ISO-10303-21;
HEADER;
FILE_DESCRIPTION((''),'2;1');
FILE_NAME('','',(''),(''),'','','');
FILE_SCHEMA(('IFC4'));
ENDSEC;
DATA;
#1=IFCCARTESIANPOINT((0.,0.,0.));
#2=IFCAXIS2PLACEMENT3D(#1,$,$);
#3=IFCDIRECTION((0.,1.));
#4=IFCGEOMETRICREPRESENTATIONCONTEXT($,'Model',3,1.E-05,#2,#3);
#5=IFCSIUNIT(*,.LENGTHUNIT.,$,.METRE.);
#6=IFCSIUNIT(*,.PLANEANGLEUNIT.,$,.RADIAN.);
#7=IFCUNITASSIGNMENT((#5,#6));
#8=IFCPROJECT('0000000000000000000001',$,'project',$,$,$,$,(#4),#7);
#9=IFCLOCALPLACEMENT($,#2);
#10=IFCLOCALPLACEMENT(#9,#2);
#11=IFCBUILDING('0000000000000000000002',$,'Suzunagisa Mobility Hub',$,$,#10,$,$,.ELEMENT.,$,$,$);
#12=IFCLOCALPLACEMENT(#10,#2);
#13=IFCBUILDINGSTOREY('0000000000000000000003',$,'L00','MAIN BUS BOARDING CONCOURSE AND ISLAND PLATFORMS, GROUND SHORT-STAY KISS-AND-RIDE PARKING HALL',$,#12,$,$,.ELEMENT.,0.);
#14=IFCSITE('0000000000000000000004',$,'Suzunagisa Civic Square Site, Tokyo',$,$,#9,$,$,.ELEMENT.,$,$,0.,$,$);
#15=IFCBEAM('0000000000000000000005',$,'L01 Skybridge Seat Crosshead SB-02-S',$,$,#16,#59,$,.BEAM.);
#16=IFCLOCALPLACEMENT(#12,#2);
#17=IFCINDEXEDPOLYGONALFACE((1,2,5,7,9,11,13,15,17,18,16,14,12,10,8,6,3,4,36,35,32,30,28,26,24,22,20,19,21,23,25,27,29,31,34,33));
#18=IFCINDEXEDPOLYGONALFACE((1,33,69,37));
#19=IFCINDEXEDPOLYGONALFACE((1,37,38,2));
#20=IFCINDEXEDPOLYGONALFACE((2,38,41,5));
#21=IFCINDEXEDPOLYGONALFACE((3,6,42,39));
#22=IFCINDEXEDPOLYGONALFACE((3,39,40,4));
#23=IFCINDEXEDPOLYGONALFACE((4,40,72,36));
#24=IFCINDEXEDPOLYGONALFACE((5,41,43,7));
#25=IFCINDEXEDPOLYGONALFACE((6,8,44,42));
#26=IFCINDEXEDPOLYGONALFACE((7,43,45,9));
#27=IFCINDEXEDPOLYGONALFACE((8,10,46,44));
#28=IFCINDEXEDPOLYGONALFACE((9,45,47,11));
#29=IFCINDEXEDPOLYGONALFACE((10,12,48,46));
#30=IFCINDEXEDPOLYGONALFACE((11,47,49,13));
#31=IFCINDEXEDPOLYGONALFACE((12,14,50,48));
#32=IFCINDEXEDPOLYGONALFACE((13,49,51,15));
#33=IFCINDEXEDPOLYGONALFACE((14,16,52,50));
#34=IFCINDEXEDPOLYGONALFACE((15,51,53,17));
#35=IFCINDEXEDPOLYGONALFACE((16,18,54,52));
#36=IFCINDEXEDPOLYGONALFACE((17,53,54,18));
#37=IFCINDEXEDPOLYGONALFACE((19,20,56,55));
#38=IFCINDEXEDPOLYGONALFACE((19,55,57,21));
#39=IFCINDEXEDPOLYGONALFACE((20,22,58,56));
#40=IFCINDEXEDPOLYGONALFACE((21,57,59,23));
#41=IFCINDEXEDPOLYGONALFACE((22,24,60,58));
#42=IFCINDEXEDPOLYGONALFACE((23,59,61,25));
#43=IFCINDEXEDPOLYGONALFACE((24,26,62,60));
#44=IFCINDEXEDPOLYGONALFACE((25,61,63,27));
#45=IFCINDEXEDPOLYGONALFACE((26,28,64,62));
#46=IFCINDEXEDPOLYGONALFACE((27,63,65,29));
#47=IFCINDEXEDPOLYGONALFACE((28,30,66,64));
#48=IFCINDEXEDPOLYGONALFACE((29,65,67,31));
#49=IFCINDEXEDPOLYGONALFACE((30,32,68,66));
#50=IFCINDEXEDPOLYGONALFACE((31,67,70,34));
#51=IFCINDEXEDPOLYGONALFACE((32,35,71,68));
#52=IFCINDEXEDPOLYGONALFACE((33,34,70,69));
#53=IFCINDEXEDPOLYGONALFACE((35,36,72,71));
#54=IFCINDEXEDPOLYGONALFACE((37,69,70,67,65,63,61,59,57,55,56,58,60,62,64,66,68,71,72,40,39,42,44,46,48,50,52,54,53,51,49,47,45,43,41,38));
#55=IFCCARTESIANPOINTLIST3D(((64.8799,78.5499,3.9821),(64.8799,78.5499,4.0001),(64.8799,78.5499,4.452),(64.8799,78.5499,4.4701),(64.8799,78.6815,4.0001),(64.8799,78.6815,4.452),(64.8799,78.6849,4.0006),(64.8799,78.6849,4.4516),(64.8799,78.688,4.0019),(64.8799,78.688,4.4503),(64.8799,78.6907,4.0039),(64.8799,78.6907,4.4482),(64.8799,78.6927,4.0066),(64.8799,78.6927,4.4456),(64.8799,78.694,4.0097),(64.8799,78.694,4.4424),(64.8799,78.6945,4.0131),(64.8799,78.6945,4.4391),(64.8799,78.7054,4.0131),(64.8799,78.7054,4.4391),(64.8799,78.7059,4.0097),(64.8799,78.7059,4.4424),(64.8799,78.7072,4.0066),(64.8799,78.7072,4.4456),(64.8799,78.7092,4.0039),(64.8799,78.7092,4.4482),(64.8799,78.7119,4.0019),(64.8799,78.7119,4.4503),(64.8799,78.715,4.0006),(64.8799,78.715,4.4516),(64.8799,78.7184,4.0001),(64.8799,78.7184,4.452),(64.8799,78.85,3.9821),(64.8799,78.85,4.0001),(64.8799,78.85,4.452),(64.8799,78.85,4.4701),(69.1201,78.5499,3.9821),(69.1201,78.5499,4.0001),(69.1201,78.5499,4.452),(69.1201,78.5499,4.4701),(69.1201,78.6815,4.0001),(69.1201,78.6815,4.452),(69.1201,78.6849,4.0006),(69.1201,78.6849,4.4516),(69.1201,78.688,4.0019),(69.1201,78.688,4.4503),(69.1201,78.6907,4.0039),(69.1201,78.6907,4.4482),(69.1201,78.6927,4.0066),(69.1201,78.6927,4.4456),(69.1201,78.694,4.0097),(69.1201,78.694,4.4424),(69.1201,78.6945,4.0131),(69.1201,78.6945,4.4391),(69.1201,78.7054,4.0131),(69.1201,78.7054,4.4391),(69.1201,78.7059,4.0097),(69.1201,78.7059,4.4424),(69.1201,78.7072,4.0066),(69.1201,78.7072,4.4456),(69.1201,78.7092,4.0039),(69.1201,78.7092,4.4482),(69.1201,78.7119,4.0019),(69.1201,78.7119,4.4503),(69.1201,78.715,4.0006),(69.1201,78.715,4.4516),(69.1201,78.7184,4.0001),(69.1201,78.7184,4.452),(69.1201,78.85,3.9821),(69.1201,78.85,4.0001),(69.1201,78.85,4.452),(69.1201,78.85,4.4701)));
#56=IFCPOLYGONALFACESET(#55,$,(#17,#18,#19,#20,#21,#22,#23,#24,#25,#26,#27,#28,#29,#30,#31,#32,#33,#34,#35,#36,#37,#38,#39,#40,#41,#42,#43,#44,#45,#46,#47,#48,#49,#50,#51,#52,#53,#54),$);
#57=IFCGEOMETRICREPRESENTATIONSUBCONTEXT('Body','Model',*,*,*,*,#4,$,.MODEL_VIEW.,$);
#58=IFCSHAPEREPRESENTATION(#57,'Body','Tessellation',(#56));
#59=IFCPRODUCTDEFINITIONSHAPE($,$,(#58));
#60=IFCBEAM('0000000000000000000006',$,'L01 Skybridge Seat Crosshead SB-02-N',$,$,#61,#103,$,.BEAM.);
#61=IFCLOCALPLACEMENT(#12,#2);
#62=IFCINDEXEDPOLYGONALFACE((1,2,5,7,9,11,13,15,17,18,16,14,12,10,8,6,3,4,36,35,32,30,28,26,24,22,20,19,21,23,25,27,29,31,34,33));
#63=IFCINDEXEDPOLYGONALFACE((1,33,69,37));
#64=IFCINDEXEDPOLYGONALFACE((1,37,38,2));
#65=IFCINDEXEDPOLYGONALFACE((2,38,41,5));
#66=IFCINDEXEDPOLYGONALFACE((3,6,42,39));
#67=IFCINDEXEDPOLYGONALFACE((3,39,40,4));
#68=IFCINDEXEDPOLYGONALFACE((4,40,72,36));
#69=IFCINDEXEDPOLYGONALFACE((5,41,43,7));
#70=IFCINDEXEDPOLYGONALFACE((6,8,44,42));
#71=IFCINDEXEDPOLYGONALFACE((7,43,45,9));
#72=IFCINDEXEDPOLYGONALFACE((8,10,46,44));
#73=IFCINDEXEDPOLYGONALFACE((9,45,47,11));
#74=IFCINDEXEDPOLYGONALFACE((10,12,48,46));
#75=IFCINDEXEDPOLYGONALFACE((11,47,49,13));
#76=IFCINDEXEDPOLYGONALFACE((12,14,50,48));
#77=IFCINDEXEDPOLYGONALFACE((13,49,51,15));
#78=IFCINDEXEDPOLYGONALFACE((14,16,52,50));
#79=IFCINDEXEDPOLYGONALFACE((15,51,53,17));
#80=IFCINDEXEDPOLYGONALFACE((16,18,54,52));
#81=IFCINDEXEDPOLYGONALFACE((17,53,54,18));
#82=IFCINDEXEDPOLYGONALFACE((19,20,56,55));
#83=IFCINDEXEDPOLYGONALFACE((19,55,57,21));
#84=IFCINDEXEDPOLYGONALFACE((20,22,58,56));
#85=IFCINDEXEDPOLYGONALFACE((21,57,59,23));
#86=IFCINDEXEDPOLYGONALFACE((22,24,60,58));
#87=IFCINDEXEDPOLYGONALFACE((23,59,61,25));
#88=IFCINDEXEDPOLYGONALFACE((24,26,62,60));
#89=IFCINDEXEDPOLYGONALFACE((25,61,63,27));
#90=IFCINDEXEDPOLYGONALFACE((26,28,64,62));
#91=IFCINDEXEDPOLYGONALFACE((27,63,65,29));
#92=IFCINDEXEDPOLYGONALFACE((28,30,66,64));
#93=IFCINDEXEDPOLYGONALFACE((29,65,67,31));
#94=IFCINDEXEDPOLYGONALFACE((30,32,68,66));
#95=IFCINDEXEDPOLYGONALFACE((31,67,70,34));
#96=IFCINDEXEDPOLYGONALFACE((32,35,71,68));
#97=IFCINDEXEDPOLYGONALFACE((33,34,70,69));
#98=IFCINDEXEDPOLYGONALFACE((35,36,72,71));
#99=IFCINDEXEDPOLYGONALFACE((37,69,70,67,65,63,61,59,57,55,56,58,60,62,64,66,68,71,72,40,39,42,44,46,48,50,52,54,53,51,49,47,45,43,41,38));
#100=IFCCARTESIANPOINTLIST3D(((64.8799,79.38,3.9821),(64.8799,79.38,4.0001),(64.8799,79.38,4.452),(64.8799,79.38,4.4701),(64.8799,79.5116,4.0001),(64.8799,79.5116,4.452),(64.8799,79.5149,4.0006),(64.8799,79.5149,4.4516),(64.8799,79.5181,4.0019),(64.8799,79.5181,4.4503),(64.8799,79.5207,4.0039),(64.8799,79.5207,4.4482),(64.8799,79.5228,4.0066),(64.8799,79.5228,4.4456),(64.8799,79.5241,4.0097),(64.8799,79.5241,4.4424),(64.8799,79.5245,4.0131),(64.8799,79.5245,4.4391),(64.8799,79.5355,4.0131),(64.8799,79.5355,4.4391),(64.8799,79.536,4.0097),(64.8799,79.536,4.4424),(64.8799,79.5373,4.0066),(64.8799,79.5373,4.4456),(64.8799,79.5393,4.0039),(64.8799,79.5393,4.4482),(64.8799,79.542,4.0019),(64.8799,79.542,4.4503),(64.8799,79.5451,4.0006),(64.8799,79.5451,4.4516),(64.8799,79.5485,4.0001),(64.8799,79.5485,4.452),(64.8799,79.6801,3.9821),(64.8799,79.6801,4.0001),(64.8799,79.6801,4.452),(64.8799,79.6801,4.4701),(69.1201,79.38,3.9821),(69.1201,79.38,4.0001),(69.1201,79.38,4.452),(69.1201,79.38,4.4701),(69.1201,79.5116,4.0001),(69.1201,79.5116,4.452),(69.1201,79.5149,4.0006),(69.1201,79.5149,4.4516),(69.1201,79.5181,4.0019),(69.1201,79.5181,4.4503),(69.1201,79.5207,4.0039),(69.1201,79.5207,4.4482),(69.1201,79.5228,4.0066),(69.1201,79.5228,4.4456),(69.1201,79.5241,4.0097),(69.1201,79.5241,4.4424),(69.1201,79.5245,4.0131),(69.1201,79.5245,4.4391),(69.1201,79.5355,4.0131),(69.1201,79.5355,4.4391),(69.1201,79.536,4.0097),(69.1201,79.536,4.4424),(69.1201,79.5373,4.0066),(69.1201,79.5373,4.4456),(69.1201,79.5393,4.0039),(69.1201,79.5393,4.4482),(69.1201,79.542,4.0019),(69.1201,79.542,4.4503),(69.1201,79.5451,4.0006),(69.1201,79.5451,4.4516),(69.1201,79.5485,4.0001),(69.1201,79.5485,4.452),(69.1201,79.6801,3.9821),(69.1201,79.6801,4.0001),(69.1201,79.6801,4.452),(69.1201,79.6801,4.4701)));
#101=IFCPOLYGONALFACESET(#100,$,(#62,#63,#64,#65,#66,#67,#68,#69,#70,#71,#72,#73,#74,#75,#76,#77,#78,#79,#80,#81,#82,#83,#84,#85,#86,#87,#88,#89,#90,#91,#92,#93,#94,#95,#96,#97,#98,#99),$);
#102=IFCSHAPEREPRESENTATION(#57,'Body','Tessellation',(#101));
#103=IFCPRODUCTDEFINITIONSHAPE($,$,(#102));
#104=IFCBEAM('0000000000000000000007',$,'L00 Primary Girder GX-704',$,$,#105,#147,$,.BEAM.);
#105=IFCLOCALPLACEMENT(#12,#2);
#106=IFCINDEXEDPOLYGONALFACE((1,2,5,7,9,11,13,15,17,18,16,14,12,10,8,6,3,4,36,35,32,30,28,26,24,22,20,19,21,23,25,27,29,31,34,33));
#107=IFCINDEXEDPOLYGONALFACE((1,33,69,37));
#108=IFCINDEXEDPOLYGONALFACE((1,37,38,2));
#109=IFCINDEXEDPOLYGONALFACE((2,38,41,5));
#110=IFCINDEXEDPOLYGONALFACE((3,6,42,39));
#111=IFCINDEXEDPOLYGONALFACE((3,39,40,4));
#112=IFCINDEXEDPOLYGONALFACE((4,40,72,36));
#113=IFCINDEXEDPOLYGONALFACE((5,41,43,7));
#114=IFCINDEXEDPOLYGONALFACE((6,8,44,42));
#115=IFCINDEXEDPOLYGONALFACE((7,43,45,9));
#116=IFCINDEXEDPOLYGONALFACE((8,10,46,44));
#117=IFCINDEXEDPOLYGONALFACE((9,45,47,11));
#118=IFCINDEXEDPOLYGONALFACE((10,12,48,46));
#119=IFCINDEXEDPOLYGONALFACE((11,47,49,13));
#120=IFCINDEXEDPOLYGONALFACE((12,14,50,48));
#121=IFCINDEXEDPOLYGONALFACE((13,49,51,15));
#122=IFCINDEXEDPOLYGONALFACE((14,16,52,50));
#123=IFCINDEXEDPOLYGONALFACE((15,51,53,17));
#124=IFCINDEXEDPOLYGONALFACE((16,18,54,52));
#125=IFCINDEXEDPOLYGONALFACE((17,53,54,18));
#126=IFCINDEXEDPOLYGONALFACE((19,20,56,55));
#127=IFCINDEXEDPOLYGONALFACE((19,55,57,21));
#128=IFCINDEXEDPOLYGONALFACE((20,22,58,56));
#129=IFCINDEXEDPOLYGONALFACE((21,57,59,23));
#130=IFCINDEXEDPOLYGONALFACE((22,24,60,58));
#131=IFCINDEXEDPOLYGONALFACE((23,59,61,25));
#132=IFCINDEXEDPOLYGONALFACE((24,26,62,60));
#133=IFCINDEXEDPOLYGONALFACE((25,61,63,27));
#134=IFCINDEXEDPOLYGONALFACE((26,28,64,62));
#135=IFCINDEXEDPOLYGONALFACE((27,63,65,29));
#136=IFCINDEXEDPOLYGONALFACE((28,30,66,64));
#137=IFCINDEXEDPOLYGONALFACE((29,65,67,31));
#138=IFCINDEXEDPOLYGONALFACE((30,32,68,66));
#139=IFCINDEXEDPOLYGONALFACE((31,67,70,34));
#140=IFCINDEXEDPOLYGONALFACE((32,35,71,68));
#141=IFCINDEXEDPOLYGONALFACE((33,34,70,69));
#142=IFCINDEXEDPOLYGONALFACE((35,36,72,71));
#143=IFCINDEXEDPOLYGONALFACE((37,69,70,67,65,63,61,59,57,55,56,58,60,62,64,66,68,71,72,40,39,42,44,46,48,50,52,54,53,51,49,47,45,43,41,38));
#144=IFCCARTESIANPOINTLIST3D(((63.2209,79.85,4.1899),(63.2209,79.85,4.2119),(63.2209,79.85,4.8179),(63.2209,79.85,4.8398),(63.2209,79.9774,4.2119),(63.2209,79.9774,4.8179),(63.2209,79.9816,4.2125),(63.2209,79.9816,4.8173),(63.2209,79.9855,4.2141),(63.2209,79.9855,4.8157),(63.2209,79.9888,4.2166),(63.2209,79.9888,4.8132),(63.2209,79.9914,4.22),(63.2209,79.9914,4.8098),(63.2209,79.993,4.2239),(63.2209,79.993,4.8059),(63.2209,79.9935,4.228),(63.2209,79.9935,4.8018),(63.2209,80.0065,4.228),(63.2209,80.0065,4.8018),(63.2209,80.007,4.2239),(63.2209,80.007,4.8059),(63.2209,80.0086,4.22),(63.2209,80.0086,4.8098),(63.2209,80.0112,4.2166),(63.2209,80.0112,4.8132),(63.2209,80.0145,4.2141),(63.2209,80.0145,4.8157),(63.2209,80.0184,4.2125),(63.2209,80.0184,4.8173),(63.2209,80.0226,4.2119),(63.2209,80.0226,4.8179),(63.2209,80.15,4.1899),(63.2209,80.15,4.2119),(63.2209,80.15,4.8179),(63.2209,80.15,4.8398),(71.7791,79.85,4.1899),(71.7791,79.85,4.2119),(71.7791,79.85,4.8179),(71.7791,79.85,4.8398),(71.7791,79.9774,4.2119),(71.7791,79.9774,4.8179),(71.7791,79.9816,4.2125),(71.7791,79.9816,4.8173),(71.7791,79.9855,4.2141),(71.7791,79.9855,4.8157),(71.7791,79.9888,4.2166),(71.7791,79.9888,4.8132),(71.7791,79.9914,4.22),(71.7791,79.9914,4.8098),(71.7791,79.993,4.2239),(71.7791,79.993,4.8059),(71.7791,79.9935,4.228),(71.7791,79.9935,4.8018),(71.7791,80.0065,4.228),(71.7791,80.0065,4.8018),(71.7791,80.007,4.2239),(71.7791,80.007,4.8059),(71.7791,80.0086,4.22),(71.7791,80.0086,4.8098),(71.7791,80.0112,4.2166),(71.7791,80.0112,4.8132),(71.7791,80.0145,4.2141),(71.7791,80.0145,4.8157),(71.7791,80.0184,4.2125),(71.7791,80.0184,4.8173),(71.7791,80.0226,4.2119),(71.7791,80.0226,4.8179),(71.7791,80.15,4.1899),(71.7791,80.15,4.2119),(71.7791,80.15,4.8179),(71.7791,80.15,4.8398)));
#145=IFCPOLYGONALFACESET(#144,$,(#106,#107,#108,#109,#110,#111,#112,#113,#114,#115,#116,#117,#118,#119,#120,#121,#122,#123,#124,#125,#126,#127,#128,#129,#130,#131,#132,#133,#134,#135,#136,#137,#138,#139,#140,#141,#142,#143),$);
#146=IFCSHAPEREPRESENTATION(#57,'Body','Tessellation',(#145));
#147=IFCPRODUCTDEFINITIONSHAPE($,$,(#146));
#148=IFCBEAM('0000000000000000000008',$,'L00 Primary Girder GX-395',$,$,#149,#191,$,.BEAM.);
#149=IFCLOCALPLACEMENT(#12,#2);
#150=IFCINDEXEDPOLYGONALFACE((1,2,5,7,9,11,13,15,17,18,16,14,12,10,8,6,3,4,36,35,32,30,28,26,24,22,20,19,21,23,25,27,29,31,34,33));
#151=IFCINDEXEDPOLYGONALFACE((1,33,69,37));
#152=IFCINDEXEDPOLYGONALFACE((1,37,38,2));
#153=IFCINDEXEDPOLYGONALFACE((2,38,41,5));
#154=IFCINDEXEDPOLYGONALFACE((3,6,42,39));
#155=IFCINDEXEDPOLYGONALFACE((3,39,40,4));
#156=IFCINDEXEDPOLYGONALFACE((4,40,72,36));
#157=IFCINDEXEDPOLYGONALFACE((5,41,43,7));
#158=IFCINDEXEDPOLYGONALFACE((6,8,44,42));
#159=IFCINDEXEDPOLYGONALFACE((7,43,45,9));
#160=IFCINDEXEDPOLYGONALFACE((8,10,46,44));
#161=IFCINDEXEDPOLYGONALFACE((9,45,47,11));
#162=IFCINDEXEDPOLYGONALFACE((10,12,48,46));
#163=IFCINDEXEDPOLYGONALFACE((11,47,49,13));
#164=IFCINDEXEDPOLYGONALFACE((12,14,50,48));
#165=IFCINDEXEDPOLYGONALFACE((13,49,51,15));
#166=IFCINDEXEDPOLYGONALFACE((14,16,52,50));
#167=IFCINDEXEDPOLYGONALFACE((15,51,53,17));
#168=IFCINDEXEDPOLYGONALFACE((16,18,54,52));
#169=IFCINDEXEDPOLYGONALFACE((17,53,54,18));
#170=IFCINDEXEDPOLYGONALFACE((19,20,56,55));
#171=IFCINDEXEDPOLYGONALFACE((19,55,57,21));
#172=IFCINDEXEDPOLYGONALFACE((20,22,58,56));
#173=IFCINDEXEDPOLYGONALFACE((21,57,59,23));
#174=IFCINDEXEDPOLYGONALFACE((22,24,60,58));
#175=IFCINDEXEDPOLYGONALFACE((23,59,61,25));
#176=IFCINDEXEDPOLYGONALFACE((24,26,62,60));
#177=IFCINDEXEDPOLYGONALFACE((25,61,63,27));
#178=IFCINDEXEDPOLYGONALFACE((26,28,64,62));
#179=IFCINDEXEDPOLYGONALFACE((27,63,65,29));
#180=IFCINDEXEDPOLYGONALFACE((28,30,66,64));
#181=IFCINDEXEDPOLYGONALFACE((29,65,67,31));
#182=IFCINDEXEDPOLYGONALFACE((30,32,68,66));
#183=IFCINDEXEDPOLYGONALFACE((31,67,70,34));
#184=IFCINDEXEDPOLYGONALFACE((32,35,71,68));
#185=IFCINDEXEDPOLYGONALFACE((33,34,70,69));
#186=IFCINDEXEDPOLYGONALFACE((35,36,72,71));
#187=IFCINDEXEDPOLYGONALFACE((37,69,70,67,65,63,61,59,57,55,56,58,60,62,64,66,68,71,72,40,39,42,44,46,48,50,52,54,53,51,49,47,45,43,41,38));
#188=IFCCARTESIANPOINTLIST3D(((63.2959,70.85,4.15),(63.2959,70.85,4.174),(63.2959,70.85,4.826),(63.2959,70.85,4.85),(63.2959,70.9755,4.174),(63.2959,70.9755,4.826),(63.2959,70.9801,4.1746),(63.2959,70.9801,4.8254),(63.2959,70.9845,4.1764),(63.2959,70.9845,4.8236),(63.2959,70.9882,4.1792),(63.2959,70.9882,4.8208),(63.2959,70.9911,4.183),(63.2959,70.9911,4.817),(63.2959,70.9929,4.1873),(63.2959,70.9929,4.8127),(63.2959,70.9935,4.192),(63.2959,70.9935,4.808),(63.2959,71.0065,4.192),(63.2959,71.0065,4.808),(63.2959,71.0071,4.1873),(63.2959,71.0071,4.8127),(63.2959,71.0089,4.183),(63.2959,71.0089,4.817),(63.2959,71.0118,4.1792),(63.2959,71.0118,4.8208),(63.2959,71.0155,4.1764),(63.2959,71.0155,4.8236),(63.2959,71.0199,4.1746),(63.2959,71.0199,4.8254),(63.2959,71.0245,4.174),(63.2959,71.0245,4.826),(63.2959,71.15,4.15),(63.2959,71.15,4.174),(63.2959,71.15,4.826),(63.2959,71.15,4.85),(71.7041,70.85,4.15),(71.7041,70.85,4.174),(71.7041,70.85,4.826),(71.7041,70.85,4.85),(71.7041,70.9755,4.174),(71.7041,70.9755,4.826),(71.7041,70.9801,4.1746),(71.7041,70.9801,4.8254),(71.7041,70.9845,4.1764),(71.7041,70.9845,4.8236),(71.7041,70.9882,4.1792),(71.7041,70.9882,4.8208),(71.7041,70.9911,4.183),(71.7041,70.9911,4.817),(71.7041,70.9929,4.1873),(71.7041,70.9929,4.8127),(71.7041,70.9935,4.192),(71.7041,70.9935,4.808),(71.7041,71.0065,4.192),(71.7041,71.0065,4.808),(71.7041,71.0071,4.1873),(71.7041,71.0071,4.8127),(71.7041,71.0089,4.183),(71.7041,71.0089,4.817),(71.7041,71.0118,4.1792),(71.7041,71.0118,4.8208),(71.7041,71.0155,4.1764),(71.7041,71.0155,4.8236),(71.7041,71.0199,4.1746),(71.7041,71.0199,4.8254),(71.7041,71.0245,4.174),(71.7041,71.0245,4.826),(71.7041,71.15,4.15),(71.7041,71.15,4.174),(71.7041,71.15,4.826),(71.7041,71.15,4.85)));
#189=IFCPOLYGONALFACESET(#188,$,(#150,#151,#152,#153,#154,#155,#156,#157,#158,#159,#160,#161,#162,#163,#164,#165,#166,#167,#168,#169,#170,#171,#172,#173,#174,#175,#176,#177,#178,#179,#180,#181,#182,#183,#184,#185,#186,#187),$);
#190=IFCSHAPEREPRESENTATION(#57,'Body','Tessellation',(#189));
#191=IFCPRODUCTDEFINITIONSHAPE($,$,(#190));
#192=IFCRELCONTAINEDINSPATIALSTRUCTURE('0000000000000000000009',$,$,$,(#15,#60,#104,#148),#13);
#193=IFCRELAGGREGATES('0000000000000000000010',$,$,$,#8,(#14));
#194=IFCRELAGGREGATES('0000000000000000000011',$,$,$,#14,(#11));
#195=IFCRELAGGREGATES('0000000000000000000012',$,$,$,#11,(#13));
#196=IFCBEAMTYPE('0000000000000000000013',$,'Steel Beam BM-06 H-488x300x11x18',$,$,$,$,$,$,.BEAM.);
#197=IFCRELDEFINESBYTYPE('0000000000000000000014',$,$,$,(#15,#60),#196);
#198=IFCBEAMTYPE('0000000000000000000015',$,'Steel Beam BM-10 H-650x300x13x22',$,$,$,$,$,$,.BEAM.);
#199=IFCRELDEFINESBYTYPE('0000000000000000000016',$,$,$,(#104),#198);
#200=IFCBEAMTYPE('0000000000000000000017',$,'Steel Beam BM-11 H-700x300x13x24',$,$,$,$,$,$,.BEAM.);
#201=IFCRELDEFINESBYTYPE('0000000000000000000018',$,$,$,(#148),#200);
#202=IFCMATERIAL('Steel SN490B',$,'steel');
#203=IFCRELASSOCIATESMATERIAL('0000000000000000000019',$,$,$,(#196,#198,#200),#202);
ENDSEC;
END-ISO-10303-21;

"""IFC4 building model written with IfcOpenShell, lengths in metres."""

from ifc_helpers import new_model, si_unit, direction, frame, origin, origin_2d, place, context, subcontext, project, spatial, i_section, extrude, material, material_profile, profile_set, type_object, element, save


model = new_model("IFC4")

# Units and contexts
model_context = context("Model", 3, precision=1e-05, world=origin(), true_north=direction((0.0, 1.0)))
body_context = subcontext(model_context, "Body", "Model", "MODEL_VIEW")
ifc_project = project(units=[si_unit("LENGTHUNIT", "METRE"), si_unit("PLANEANGLEUNIT", "RADIAN")], contexts=[model_context])

# Site, building, storey
site_placement = place(None, origin())
site = spatial("IfcSite", under=ifc_project, at=site_placement, Name="Suzunagisa Civic Square Site, Tokyo", CompositionType="ELEMENT", RefElevation=0.0)
building_placement = place(site_placement, origin())
building = spatial("IfcBuilding", under=site, at=building_placement, Name="Suzunagisa Mobility Hub", CompositionType="ELEMENT")
storey_placement = place(building_placement, origin())
storey = spatial("IfcBuildingStorey", under=building, at=storey_placement, Name="L00", Description="MAIN BUS BOARDING CONCOURSE AND ISLAND PLATFORMS, GROUND SHORT-STAY KISS-AND-RIDE PARKING HALL", CompositionType="ELEMENT", Elevation=0.0)

# Shared definitions
ifc_material_1 = material(Name="Steel SN490B", Category="steel")

# Beams
ifc_material_profile_1 = material_profile(ifc_material_1, i_section(OverallWidth=0.3, OverallDepth=0.488, WebThickness=0.011, FlangeThickness=0.0181, FilletRadius=0.0129, at=origin_2d()), Name="H-488x300x11x18")
ifc_profile_set_1 = profile_set([ifc_material_profile_1], Name="Steel SN490B")
beam_type_1 = type_object("IfcBeamType", Name="Steel Beam BM-06 H-488x300x11x18", PredefinedType="BEAM", material=ifc_profile_set_1)
for number, where, z_axis, x_axis, name in (
    (1, (64.8799, 78.7, 4.2261), (1.0, 0.0, 0.0), (0.0, 1.0, 0.0), "L01 Skybridge Seat Crosshead SB-02-S"),
    (2, (64.8799, 79.53, 4.2261), (1.0, 0.0, 0.0), (0.0, 1.0, 0.0), "L01 Skybridge Seat Crosshead SB-02-N"),
):
    element("IfcBeam", number, at=place(storey_placement, frame(where, z_axis=z_axis, x_axis=x_axis)), inside=storey, type_object=beam_type_1, Name=name, PredefinedType="BEAM", context=body_context, shape_type="SweptSolid", body=[
        extrude(i_section(OverallWidth=0.3, OverallDepth=0.488, WebThickness=0.011, FlangeThickness=0.0181, FilletRadius=0.0129, at=origin_2d()), origin(), (0.0, 0.0, 1.0), 4.2402),
    ])
ifc_material_profile_2 = material_profile(ifc_material_1, i_section(OverallWidth=0.3, OverallDepth=0.6499, WebThickness=0.0129, FlangeThickness=0.022, FilletRadius=0.0161, at=origin_2d()), Name="H-650x300x13x22")
ifc_profile_set_2 = profile_set([ifc_material_profile_2], Name="Steel SN490B")
beam_type_2 = type_object("IfcBeamType", Name="Steel Beam BM-10 H-650x300x13x22", PredefinedType="BEAM", material=ifc_profile_set_2)
beam_1_placement = place(storey_placement, frame((63.2209, 80.0, 4.5149), z_axis=(1.0, 0.0, 0.0), x_axis=(0.0, 1.0, 0.0)))
element("IfcBeam", 3, at=beam_1_placement, inside=storey, type_object=beam_type_2, Name="L00 Primary Girder GX-704", PredefinedType="BEAM", context=body_context, shape_type="SweptSolid", body=[
    extrude(i_section(OverallWidth=0.3, OverallDepth=0.6499, WebThickness=0.0129, FlangeThickness=0.022, FilletRadius=0.0161, at=origin_2d()), origin(), (0.0, 0.0, 1.0), 8.5581),
])
ifc_material_profile_3 = material_profile(ifc_material_1, i_section(OverallWidth=0.3, OverallDepth=0.7, WebThickness=0.0129, FlangeThickness=0.0239, FilletRadius=0.0181, at=origin_2d()), Name="H-700x300x13x24")
ifc_profile_set_3 = profile_set([ifc_material_profile_3], Name="Steel SN490B")
beam_type_3 = type_object("IfcBeamType", Name="Steel Beam BM-11 H-700x300x13x24", PredefinedType="BEAM", material=ifc_profile_set_3)
beam_2_placement = place(storey_placement, frame((63.2959, 71.0, 4.5), z_axis=(1.0, 0.0, 0.0), x_axis=(0.0, 1.0, 0.0)))
element("IfcBeam", 4, at=beam_2_placement, inside=storey, type_object=beam_type_3, Name="L00 Primary Girder GX-395", PredefinedType="BEAM", context=body_context, shape_type="SweptSolid", body=[
    extrude(i_section(OverallWidth=0.3, OverallDepth=0.7, WebThickness=0.0129, FlangeThickness=0.0239, FilletRadius=0.0181, at=origin_2d()), origin(), (0.0, 0.0, 1.0), 8.4082),
])

save(model, "model.ifc")
